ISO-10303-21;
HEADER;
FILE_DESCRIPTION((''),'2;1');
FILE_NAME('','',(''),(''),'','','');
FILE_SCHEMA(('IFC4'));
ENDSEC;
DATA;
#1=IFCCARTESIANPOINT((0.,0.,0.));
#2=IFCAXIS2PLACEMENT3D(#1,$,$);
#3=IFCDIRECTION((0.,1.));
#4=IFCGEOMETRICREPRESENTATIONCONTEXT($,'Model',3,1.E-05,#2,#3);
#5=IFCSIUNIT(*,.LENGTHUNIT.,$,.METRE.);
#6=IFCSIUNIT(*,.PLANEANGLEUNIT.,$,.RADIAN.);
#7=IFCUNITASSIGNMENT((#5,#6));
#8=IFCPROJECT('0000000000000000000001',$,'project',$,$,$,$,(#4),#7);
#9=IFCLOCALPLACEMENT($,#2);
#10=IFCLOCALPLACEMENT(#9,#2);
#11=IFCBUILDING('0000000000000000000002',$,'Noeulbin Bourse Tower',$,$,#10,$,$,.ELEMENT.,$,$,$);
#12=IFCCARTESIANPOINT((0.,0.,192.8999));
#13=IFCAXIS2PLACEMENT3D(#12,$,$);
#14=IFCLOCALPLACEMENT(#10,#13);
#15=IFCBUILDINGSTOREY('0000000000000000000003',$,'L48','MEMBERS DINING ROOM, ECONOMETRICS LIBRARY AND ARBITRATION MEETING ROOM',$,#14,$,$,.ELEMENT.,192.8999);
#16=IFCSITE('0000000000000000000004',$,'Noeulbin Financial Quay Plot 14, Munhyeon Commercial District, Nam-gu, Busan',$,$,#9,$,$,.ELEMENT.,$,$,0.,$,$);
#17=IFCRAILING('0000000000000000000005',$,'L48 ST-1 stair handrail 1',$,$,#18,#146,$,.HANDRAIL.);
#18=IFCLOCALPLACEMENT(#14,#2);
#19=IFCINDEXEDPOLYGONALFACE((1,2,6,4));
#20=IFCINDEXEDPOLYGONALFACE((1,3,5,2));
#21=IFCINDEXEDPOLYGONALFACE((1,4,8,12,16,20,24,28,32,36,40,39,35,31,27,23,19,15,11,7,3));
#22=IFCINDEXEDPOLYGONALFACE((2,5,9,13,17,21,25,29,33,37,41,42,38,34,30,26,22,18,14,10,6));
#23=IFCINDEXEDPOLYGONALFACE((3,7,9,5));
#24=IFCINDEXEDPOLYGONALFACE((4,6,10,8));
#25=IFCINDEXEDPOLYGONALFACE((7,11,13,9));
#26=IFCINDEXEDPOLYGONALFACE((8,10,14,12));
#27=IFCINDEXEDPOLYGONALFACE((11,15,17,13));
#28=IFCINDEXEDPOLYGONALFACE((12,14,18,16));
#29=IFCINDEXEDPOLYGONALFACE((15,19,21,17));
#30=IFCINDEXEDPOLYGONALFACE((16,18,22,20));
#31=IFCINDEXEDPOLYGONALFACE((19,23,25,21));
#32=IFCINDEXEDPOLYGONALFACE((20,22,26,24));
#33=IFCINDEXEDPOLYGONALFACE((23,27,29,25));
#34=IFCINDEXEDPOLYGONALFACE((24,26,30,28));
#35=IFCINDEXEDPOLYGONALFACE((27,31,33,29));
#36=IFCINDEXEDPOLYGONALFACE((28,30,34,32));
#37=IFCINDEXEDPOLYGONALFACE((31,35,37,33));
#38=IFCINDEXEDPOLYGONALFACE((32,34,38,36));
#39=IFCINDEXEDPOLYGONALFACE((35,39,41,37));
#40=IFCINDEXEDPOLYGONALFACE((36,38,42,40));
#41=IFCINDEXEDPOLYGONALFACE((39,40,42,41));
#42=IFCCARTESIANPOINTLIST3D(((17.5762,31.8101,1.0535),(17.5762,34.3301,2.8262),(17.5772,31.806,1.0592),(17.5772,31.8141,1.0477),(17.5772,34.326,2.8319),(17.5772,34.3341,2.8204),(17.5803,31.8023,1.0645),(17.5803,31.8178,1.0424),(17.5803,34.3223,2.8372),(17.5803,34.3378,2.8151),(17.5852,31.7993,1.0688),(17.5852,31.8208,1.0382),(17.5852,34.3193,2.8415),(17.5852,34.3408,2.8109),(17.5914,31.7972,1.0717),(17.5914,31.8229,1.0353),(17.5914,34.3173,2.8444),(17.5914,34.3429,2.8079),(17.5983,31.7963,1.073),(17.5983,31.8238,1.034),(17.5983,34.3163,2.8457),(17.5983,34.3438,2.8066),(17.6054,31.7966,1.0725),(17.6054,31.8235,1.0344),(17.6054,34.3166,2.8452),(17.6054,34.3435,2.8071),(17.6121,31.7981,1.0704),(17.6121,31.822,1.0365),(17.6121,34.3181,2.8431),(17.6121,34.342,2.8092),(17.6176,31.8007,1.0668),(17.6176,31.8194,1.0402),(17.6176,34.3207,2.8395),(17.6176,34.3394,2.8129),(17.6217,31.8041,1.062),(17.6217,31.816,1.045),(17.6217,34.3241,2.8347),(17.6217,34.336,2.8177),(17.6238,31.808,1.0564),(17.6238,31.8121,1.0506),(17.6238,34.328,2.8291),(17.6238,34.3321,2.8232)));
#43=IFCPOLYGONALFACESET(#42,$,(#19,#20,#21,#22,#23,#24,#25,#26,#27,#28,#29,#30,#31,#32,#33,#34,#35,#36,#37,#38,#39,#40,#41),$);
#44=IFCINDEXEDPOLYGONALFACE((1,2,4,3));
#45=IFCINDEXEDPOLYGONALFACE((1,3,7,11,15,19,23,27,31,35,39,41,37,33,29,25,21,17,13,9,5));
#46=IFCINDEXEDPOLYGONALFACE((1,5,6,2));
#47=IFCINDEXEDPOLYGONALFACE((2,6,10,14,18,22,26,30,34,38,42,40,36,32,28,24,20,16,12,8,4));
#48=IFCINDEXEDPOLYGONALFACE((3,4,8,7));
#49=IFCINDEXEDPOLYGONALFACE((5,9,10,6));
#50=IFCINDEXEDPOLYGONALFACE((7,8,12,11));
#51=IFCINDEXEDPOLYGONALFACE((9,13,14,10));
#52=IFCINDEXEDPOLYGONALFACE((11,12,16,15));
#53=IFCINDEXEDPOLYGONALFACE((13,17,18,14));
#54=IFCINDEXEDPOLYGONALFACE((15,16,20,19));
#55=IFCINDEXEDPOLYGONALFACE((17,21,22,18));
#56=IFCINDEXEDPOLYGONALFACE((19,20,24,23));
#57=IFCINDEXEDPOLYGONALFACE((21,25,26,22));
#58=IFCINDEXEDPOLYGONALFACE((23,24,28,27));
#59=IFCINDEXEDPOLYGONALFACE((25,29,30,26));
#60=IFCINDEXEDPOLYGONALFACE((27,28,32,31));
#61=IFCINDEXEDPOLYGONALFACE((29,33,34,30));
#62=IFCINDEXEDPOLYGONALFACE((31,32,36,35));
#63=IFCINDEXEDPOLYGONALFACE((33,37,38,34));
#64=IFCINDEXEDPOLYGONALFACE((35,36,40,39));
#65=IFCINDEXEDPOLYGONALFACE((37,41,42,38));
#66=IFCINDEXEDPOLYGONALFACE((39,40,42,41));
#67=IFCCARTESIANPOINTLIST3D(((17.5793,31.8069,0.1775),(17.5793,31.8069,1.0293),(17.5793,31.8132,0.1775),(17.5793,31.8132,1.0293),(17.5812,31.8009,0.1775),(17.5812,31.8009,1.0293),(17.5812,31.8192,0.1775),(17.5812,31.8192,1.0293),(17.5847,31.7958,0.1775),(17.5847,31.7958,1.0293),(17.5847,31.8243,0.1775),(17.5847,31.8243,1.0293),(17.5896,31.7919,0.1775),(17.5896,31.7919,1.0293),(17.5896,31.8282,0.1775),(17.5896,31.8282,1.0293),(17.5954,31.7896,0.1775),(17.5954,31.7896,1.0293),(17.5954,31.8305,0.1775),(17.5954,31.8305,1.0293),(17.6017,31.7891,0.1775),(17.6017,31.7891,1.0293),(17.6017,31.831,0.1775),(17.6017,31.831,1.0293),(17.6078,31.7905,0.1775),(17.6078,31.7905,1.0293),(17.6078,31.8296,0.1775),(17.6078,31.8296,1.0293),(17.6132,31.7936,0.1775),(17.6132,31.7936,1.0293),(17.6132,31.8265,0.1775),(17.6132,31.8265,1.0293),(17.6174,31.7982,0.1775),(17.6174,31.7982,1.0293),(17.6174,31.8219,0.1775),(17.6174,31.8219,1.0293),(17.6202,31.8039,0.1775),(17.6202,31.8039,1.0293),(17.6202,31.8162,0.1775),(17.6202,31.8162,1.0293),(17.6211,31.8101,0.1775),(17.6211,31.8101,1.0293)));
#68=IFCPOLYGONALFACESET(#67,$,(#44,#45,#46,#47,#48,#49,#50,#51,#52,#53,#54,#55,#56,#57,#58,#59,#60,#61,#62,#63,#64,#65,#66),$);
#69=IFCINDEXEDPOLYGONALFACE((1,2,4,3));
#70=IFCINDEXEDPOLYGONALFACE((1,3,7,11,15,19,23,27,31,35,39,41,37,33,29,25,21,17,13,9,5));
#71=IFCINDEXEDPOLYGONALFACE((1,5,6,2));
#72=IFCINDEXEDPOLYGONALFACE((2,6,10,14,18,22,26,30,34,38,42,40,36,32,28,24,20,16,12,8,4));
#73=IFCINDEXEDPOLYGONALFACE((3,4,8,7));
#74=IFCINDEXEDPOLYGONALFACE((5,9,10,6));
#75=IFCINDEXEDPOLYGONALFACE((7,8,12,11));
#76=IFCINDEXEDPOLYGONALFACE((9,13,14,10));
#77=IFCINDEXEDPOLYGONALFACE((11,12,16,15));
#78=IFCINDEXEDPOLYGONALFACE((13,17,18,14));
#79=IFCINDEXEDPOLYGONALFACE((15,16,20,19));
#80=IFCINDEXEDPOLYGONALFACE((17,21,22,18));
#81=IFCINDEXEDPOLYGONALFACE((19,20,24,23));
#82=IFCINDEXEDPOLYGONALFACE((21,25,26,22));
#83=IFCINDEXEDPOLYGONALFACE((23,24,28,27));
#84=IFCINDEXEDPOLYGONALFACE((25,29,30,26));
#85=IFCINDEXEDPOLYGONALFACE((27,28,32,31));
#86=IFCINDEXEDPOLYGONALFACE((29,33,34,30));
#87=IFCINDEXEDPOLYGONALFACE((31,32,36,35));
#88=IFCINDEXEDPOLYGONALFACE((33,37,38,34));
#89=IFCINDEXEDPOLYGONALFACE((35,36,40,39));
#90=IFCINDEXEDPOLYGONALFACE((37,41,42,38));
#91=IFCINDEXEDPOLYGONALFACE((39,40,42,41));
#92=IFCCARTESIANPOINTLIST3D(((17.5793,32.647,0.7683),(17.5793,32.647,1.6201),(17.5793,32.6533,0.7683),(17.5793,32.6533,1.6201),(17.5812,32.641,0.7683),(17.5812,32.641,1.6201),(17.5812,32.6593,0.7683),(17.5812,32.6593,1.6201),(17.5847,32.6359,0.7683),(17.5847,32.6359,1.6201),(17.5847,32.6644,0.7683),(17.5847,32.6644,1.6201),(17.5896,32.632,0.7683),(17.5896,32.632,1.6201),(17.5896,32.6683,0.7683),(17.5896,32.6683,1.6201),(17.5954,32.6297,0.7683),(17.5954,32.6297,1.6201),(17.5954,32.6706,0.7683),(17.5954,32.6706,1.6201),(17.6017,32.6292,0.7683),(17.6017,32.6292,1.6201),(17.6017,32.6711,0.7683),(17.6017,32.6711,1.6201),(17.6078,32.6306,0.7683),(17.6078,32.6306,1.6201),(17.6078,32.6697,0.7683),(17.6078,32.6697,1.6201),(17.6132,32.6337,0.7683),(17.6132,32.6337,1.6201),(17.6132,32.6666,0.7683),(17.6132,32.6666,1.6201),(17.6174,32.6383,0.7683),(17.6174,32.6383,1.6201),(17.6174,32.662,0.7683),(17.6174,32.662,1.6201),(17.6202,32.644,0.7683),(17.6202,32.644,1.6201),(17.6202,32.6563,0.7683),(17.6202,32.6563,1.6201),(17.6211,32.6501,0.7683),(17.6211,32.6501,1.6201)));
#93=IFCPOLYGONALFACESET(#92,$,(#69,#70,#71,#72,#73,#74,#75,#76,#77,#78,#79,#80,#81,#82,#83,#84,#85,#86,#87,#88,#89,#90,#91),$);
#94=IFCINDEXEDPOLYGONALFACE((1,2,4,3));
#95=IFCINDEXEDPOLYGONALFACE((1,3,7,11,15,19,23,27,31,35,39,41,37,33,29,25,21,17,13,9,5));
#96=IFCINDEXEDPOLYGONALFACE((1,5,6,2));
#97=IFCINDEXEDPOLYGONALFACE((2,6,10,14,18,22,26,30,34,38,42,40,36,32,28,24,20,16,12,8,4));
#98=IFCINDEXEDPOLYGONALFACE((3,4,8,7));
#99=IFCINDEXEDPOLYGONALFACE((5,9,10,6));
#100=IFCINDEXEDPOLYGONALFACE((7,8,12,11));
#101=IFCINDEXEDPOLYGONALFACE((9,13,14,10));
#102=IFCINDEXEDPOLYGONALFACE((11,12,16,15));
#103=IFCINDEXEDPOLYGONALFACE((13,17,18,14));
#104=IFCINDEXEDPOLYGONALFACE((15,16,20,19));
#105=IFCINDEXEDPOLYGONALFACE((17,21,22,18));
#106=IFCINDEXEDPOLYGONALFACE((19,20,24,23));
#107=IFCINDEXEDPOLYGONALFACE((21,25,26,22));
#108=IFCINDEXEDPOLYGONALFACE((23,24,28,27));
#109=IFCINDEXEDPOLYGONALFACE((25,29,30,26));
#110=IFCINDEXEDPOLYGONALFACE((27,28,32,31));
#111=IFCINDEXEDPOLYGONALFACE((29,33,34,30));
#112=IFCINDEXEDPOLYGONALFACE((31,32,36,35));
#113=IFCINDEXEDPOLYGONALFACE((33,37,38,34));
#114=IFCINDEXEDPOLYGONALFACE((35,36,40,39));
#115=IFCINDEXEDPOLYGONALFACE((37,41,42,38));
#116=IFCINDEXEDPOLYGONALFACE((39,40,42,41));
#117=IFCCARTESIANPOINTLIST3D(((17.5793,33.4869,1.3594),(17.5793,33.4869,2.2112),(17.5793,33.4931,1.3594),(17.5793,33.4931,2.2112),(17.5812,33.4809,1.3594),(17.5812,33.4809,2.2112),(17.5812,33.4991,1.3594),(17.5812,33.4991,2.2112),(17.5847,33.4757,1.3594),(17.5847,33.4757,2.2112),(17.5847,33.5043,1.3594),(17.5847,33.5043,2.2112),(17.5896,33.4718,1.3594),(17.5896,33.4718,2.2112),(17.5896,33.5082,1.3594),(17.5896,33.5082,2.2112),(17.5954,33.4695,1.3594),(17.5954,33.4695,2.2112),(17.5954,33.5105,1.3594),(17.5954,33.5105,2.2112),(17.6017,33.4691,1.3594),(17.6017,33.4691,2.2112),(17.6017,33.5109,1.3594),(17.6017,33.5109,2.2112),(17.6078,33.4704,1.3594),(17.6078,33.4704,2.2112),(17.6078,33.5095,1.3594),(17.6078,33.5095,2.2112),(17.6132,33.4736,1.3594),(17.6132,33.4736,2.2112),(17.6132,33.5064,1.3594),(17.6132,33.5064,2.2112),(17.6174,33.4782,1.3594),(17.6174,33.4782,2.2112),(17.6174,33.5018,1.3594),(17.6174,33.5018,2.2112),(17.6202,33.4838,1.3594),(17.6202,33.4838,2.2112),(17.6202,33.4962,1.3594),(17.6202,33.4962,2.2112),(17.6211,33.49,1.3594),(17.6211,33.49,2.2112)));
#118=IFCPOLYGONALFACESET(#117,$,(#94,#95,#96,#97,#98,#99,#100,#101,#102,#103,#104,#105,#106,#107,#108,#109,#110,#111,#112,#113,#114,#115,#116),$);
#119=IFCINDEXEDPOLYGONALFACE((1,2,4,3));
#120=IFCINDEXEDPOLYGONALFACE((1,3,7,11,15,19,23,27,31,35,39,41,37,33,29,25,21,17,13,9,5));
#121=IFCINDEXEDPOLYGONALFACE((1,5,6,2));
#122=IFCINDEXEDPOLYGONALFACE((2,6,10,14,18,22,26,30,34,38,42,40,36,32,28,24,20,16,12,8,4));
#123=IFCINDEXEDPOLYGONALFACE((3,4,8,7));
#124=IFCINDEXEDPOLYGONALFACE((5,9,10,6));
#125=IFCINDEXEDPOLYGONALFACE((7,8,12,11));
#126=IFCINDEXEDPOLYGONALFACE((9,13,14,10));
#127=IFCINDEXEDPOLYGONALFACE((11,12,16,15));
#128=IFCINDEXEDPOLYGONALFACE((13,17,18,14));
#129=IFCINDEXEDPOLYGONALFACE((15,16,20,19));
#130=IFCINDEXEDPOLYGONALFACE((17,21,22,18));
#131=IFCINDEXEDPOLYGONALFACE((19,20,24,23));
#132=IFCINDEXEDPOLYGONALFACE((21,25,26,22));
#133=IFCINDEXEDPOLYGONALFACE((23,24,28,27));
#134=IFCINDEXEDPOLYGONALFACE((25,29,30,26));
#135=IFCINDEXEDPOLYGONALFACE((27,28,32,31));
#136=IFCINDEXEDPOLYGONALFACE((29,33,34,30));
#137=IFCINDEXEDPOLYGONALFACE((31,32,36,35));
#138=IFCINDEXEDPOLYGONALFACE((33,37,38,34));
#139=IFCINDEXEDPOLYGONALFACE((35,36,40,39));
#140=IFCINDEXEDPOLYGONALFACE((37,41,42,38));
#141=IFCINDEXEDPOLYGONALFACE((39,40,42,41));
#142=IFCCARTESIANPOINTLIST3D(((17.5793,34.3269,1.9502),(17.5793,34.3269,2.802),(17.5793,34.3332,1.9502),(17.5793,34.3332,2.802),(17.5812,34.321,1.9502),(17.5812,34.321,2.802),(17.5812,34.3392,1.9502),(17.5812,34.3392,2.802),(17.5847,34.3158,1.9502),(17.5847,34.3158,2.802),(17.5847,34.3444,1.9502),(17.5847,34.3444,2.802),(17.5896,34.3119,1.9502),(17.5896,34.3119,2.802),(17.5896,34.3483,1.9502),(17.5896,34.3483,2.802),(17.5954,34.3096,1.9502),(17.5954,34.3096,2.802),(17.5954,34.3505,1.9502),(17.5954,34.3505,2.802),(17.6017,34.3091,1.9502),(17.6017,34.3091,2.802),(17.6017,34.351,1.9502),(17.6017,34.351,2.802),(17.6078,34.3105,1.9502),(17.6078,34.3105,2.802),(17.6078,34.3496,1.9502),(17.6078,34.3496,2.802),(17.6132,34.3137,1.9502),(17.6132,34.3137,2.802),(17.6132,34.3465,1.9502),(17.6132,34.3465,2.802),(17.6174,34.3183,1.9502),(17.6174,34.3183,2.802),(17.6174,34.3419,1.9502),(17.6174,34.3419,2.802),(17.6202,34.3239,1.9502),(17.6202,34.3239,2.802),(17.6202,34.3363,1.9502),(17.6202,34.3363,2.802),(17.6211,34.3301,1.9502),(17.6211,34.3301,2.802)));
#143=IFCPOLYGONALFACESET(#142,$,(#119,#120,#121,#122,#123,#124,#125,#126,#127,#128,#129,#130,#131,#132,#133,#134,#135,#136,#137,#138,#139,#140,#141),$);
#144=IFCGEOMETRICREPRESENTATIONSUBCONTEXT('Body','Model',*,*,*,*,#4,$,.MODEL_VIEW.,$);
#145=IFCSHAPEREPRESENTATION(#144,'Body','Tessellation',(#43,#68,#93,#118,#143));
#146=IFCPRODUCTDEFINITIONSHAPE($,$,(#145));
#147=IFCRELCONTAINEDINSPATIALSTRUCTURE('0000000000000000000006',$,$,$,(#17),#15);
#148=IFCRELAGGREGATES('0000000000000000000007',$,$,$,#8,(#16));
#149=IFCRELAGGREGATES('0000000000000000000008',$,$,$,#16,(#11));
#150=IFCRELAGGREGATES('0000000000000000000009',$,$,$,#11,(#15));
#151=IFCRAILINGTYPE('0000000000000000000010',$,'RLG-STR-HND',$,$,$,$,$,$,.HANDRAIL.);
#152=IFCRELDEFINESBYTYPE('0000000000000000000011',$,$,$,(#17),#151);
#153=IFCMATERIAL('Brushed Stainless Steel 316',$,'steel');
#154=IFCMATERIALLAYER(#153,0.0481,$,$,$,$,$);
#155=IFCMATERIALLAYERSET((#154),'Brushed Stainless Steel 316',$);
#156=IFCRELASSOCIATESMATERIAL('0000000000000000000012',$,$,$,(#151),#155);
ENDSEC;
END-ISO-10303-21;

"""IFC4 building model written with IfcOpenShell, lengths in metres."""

from ifc_helpers import new_model, si_unit, direction, frame, origin, origin_2d, place, context, subcontext, project, spatial, circle, extrude, material, layer, layer_set, type_object, element, save


model = new_model("IFC4")

# Units and contexts
model_context = context("Model", 3, precision=1e-05, world=origin(), true_north=direction((0.0, 1.0)))
body_context = subcontext(model_context, "Body", "Model", "MODEL_VIEW")
ifc_project = project(units=[si_unit("LENGTHUNIT", "METRE"), si_unit("PLANEANGLEUNIT", "RADIAN")], contexts=[model_context])

# Site, building, storey
site_placement = place(None, origin())
site = spatial("IfcSite", under=ifc_project, at=site_placement, Name="Noeulbin Financial Quay Plot 14, Munhyeon Commercial District, Nam-gu, Busan", CompositionType="ELEMENT", RefElevation=0.0)
building_placement = place(site_placement, origin())
building = spatial("IfcBuilding", under=site, at=building_placement, Name="Noeulbin Bourse Tower", CompositionType="ELEMENT")
storey_placement = place(building_placement, frame((0.0, 0.0, 192.8999)))
storey = spatial("IfcBuildingStorey", under=building, at=storey_placement, Name="L48", Description="MEMBERS DINING ROOM, ECONOMETRICS LIBRARY AND ARBITRATION MEETING ROOM", CompositionType="ELEMENT", Elevation=192.8999)

# Shared definitions
ifc_material_1 = material(Name="Brushed Stainless Steel 316", Category="steel")

# Railing
ifc_layer_1 = layer(ifc_material_1, 0.0481)
ifc_layer_set_1 = layer_set([ifc_layer_1], Name="Brushed Stainless Steel 316")
railing_type_1 = type_object("IfcRailingType", Name="RLG-STR-HND", PredefinedType="HANDRAIL", material=ifc_layer_set_1)
railing_1_placement = place(storey_placement, frame((17.6001, 31.8101, 0.1775)))
element("IfcRailing", 1, at=railing_1_placement, inside=storey, type_object=railing_type_1, Name="L48 ST-1 stair handrail 1", PredefinedType="HANDRAIL", context=body_context, shape_type="SweptSolid", body=[
    extrude(circle(Radius=0.0239, at=origin_2d()), frame((0.0, 0.0, 0.876), z_axis=(0.0, 0.817904, 0.575354), x_axis=(-1.0, 0.0, 0.0)), (0.0, 0.0, 1.0), 3.0811),
    extrude(circle(Radius=0.021, at=origin_2d()), origin(), (0.0, 0.0, 1.0), 0.8518),
    extrude(circle(Radius=0.021, at=origin_2d()), frame((0.0, 0.8401, 0.5908)), (0.0, 0.0, 1.0), 0.8518),
    extrude(circle(Radius=0.021, at=origin_2d()), frame((0.0, 1.6799, 1.1819)), (0.0, 0.0, 1.0), 0.8518),
    extrude(circle(Radius=0.021, at=origin_2d()), frame((0.0, 2.52, 1.7727)), (0.0, 0.0, 1.0), 0.8518),
])

save(model, "model.ifc")
